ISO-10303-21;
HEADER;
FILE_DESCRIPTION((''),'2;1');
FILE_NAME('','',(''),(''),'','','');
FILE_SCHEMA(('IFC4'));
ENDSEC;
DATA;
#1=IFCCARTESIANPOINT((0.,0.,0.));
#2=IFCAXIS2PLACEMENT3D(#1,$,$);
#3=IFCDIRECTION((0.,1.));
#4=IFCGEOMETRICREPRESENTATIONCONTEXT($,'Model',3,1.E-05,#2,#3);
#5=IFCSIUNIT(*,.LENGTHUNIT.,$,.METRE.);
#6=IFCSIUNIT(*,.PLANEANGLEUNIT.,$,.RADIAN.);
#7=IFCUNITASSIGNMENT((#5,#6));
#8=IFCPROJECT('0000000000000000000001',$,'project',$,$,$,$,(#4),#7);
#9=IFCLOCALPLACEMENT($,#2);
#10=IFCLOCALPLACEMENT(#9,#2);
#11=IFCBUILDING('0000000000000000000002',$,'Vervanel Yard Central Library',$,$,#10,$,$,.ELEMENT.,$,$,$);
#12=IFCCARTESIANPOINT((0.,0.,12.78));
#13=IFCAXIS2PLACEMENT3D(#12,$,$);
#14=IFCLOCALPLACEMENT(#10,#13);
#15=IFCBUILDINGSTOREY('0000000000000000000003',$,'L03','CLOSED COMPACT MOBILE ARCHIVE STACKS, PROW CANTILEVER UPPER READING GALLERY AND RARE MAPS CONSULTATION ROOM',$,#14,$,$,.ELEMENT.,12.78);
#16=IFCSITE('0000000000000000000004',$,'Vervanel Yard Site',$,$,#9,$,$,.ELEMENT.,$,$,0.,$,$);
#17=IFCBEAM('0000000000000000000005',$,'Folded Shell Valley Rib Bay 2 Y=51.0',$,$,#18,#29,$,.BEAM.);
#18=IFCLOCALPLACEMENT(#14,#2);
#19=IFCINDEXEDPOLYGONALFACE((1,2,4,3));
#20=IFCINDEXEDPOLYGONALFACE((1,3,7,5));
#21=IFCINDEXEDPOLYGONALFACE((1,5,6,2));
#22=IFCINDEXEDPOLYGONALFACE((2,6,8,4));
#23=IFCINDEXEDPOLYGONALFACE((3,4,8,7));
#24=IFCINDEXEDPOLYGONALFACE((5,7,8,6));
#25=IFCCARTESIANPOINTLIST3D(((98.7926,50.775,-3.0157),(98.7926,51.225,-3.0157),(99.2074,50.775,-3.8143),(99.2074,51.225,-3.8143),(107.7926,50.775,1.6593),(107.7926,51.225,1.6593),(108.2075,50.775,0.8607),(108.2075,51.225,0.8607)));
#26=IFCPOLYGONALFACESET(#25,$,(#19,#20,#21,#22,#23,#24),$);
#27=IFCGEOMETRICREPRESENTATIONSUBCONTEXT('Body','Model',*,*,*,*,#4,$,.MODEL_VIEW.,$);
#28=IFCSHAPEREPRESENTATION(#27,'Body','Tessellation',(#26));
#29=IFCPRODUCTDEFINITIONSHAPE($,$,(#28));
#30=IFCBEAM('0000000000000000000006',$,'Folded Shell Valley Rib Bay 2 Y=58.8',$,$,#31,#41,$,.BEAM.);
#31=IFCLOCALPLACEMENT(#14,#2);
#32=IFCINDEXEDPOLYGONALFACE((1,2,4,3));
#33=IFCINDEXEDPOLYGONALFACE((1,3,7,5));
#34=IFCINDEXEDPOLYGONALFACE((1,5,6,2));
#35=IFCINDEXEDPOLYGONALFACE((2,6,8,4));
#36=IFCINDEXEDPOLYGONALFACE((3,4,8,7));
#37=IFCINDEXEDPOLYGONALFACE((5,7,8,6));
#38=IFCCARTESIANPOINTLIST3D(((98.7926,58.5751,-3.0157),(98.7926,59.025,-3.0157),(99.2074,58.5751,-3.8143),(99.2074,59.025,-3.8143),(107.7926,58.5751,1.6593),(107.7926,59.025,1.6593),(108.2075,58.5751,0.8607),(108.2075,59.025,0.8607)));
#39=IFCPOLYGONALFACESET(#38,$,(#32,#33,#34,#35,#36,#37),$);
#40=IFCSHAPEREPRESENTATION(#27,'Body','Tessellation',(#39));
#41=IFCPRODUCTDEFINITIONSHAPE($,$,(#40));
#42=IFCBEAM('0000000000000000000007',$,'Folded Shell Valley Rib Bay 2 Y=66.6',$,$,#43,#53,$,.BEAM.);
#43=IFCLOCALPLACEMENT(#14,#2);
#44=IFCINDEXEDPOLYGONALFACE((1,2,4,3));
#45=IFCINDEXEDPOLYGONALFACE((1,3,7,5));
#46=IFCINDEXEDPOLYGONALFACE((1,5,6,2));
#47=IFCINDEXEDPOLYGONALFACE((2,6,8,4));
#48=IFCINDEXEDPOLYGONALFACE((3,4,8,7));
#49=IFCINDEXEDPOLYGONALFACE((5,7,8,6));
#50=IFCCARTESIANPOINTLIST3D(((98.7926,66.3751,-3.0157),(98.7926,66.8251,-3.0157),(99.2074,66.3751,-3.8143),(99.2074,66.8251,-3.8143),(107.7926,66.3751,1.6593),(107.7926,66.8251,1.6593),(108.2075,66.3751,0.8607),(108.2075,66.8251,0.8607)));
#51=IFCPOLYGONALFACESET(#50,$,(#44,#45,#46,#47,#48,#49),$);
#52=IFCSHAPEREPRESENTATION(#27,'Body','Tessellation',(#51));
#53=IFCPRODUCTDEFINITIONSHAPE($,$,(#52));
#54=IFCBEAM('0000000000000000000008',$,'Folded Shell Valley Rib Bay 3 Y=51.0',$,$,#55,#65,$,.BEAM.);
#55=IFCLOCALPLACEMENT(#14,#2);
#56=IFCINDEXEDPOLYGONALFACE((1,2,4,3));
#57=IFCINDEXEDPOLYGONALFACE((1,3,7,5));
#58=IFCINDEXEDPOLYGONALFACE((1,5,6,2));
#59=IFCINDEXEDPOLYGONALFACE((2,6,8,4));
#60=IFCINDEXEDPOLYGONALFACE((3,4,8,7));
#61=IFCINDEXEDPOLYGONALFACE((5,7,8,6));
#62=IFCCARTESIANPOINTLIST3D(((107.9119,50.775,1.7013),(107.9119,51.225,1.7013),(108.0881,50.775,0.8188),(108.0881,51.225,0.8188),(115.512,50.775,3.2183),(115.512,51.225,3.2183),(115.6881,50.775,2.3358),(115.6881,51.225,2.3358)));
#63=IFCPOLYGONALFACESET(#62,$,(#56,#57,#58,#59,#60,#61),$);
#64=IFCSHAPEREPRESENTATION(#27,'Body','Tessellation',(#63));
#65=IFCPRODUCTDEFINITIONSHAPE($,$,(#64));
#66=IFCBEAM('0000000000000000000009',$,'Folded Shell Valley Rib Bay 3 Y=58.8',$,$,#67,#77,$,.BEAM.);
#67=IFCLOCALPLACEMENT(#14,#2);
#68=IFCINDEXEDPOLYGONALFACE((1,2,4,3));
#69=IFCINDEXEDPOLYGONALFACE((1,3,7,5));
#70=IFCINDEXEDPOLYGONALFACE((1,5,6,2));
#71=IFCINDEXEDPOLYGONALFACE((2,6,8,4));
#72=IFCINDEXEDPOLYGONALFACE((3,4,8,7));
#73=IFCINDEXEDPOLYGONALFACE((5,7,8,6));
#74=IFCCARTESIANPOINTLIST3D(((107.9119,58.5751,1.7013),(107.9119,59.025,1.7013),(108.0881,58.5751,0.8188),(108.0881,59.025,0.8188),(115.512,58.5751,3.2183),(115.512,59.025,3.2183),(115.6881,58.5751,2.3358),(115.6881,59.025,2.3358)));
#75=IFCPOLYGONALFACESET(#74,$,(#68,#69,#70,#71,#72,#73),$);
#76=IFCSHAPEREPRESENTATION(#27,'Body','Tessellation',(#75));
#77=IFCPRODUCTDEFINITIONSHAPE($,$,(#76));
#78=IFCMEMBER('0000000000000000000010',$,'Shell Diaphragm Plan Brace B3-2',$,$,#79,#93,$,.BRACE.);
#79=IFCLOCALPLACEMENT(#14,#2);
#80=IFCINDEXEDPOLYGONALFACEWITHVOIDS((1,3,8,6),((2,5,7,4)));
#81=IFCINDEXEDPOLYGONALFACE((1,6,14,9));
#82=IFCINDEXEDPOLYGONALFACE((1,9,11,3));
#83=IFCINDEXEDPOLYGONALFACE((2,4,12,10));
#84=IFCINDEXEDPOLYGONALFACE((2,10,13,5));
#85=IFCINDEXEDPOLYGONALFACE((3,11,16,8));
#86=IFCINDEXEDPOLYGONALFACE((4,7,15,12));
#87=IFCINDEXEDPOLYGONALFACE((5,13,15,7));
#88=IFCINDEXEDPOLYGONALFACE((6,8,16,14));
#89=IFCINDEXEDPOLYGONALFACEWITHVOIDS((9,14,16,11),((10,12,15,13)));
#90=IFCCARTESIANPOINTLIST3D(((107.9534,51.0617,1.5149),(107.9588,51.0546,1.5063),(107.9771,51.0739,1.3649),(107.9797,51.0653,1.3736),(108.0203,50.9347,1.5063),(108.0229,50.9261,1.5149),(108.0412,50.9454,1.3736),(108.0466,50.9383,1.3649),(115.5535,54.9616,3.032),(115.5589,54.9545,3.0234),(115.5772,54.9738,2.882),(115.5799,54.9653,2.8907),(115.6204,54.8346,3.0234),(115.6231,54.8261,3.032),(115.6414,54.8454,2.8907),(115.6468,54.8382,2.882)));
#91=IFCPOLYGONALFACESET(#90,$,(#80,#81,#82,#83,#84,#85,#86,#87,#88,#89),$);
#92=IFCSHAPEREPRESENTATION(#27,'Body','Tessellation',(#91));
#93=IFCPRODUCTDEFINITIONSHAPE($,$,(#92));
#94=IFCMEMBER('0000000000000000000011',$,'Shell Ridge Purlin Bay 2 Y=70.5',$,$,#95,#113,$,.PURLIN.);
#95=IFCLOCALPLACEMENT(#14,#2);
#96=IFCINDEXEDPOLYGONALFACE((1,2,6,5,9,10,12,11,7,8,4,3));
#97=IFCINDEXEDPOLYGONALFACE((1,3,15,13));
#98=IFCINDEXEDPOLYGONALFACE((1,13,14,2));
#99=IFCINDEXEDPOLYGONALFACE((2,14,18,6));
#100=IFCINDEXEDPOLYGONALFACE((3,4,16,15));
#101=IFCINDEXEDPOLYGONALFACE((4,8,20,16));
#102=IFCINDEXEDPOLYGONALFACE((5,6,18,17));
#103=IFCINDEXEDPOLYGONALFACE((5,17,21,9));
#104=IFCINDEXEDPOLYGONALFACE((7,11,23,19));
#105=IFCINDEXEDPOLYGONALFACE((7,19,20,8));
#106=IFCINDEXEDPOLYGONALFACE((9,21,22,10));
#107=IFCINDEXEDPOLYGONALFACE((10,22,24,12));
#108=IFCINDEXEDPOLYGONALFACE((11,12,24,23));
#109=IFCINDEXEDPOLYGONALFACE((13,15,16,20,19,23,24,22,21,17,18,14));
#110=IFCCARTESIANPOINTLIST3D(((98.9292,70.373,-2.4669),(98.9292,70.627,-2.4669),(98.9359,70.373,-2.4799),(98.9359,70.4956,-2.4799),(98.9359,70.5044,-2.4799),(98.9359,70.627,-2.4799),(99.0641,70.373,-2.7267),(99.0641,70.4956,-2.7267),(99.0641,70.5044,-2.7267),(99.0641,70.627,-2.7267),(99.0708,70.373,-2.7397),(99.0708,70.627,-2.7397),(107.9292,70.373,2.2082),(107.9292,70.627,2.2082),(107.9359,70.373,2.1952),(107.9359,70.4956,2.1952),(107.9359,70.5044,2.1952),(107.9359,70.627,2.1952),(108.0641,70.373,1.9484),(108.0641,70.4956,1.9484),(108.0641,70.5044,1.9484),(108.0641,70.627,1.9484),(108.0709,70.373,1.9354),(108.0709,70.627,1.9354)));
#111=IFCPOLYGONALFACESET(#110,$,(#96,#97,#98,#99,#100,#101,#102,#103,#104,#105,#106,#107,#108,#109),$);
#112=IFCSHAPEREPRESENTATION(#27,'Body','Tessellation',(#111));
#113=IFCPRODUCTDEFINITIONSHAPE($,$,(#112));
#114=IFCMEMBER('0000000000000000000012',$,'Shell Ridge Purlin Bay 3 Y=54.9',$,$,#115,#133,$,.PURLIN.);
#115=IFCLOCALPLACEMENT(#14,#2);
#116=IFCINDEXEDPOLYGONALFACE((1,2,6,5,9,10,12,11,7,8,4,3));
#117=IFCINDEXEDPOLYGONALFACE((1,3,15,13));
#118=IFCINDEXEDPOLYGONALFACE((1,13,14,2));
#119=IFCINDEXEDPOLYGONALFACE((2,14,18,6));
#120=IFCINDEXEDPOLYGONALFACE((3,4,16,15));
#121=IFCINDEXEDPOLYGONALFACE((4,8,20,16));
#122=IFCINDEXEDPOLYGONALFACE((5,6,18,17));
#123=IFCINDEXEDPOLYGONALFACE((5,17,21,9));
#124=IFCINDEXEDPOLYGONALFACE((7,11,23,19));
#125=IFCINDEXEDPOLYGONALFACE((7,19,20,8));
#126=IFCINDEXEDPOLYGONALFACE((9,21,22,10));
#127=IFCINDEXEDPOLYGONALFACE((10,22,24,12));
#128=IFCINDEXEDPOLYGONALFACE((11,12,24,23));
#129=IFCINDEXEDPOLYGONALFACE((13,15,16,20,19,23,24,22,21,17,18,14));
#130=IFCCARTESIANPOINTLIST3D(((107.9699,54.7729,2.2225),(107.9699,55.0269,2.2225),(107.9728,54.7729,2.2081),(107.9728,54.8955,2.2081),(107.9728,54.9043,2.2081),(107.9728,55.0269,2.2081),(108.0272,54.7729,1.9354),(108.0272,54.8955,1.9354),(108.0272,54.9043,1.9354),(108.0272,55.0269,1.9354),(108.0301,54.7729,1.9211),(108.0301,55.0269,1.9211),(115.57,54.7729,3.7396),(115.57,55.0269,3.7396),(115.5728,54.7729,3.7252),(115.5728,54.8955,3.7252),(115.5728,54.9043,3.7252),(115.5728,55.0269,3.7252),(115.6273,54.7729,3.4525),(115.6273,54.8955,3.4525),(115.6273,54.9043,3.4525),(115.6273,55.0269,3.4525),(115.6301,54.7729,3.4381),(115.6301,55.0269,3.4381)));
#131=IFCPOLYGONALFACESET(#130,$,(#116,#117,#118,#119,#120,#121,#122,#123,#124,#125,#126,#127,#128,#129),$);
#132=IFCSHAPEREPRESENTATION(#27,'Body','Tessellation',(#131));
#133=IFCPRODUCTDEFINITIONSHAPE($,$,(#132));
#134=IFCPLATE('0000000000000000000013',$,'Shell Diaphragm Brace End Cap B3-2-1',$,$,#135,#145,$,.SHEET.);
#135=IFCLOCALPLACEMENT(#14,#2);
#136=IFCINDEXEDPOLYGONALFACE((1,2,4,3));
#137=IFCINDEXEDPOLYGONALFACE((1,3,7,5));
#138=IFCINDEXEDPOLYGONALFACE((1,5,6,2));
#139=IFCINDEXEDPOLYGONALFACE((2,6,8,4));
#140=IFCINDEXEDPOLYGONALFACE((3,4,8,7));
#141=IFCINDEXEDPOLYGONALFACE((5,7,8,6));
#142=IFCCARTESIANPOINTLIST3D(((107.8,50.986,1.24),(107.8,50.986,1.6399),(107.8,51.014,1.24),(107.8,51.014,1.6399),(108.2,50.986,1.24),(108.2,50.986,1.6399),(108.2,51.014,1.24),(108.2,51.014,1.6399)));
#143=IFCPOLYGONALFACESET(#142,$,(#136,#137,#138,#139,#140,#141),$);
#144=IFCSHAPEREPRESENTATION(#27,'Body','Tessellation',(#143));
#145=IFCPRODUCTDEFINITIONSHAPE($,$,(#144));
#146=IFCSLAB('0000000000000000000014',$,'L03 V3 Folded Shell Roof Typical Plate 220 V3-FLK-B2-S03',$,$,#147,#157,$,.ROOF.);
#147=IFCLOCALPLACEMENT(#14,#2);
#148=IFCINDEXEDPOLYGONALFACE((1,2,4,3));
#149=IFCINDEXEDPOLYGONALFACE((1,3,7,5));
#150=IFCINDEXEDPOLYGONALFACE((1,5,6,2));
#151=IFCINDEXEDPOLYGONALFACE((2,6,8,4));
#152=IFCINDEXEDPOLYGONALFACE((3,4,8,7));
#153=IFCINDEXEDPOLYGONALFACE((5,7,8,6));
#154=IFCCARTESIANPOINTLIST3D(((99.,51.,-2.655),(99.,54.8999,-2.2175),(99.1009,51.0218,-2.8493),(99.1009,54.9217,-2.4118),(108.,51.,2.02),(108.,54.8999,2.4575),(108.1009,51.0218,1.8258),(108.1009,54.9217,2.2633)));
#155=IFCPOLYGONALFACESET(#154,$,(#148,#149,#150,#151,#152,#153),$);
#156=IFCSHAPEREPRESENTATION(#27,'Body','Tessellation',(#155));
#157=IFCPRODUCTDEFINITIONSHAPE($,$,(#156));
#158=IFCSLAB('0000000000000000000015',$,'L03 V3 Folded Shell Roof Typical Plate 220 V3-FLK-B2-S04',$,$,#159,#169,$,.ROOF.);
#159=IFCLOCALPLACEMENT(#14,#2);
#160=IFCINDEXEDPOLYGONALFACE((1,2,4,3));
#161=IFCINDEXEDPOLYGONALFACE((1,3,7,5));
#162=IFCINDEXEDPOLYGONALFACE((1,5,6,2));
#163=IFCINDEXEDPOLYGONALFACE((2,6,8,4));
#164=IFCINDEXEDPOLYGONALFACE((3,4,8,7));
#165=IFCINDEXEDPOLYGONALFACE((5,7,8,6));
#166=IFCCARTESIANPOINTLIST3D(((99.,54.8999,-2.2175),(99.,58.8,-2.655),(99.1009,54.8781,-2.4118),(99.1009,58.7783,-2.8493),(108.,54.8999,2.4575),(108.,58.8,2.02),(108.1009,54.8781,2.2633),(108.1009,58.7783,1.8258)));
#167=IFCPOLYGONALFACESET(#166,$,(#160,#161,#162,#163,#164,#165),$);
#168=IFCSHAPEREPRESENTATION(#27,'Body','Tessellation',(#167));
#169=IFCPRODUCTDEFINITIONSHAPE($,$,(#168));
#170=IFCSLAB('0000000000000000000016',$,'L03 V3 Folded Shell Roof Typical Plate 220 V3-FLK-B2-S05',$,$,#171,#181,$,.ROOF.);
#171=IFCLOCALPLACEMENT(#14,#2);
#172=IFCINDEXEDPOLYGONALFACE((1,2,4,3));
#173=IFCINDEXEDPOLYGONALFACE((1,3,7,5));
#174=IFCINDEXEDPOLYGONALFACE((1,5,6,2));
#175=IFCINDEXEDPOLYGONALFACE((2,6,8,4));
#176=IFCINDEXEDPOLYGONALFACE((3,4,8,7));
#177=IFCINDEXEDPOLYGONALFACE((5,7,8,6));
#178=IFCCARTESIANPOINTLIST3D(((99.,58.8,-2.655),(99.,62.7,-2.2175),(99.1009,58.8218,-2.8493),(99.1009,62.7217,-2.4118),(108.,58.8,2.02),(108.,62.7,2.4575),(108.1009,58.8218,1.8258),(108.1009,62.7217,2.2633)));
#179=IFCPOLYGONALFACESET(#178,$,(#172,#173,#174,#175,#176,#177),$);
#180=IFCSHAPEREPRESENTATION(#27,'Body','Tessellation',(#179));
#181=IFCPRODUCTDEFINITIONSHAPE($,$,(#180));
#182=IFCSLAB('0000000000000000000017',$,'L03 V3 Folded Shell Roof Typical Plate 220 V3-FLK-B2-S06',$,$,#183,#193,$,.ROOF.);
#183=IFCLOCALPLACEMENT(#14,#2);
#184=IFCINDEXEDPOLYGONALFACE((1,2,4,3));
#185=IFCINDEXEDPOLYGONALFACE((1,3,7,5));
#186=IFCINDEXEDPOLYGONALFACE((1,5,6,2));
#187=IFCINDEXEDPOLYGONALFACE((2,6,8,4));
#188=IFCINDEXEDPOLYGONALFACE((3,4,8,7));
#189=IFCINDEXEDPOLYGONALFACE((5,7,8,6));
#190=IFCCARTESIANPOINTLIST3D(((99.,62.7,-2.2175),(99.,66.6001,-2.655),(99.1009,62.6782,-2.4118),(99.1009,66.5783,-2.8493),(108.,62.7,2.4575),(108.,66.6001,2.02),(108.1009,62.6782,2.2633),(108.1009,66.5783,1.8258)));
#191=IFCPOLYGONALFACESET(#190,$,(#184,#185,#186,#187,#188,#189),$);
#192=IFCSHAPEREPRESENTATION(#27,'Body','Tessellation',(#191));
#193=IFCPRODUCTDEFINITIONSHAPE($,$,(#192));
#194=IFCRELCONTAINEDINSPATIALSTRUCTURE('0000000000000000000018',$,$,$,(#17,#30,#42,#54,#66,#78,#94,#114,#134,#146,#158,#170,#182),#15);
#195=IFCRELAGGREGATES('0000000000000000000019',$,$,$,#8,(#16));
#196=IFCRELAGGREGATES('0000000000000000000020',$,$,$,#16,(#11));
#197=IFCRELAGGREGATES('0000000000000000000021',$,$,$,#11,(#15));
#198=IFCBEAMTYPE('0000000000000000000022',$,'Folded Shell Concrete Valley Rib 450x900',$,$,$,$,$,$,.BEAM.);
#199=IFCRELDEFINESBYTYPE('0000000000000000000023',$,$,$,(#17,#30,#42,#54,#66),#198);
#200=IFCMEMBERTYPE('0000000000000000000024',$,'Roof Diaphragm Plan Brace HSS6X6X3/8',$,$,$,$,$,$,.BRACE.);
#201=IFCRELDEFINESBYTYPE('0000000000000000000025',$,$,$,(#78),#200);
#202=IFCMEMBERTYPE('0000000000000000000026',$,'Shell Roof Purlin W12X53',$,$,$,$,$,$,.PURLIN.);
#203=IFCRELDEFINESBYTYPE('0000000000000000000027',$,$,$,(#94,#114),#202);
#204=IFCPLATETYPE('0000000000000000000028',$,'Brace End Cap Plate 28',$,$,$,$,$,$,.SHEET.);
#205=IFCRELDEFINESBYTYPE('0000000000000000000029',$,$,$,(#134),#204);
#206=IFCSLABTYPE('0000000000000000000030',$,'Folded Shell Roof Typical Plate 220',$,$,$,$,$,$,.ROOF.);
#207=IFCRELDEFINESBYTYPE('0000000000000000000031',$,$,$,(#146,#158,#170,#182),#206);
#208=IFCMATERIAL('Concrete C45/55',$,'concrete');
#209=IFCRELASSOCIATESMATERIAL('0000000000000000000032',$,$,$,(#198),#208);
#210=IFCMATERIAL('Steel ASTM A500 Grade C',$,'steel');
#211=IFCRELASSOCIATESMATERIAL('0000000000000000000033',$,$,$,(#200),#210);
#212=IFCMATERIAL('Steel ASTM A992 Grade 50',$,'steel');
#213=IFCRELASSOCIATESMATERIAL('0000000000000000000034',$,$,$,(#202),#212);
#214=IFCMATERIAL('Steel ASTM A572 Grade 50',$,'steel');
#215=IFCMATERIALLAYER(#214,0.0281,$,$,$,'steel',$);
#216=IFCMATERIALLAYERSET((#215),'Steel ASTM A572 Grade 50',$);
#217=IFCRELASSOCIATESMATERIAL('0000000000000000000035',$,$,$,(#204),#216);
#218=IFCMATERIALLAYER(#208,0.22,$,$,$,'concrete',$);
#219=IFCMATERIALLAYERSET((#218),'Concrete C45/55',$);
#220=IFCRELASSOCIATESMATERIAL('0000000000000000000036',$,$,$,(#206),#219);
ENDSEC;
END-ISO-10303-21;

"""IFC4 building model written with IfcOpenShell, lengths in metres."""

from ifc_helpers import new_model, si_unit, direction, frame, origin, origin_2d, place, context, subcontext, project, spatial, polyline, rectangle, hollow_rectangle, i_section, outline, extrude, material, layer, layer_set, material_profile, profile_set, type_object, element, save


model = new_model("IFC4")

# Units and contexts
model_context = context("Model", 3, precision=1e-05, world=origin(), true_north=direction((0.0, 1.0)))
body_context = subcontext(model_context, "Body", "Model", "MODEL_VIEW")
ifc_project = project(units=[si_unit("LENGTHUNIT", "METRE"), si_unit("PLANEANGLEUNIT", "RADIAN")], contexts=[model_context])

# Site, building, storey
site_placement = place(None, origin())
site = spatial("IfcSite", under=ifc_project, at=site_placement, Name="Vervanel Yard Site", CompositionType="ELEMENT", RefElevation=0.0)
building_placement = place(site_placement, origin())
building = spatial("IfcBuilding", under=site, at=building_placement, Name="Vervanel Yard Central Library", CompositionType="ELEMENT")
storey_placement = place(building_placement, frame((0.0, 0.0, 12.78)))
storey = spatial("IfcBuildingStorey", under=building, at=storey_placement, Name="L03", Description="CLOSED COMPACT MOBILE ARCHIVE STACKS, PROW CANTILEVER UPPER READING GALLERY AND RARE MAPS CONSULTATION ROOM", CompositionType="ELEMENT", Elevation=12.78)

# Beams
ifc_material_1 = material(Name="Concrete C45/55", Category="concrete")
ifc_material_profile_1 = material_profile(ifc_material_1, rectangle(XDim=0.45, YDim=0.8999, at=origin_2d()), Name="RC 450x900", Category="concrete")
ifc_profile_set_1 = profile_set([ifc_material_profile_1], Name="Concrete C45/55")
beam_type = type_object("IfcBeamType", Name="Folded Shell Concrete Valley Rib 450x900", PredefinedType="BEAM", material=ifc_profile_set_1)
for number, where, z_axis, x_axis, name in (
    (1, (99.0, 51.0, -3.415), (0.887417, 0.0, 0.460968), (0.0, 1.0, 0.0), "Folded Shell Valley Rib Bay 2 Y=51.0"),
    (2, (99.0, 58.8, -3.415), (0.887417, 0.0, 0.460968), (0.0, 1.0, 0.0), "Folded Shell Valley Rib Bay 2 Y=58.8"),
    (3, (99.0, 66.6001, -3.415), (0.887417, 0.0, 0.460968), (0.0, 1.0, 0.0), "Folded Shell Valley Rib Bay 2 Y=66.6"),
):
    element("IfcBeam", number, at=place(storey_placement, frame(where, z_axis=z_axis, x_axis=x_axis)), inside=storey, type_object=beam_type, Name=name, PredefinedType="BEAM", context=body_context, shape_type="SweptSolid", body=[
        extrude(rectangle(XDim=0.45, YDim=0.8999, at=origin_2d()), origin(), (0.0, 0.0, 1.0), 10.1418),
    ])
for number, where, z_axis, x_axis, name in (
    (4, (108.0, 51.0, 1.26), (0.980653, 0.0, 0.195753), (0.0, 1.0, 0.0), "Folded Shell Valley Rib Bay 3 Y=51.0"),
    (5, (108.0, 58.8, 1.26), (0.980653, 0.0, 0.195753), (0.0, 1.0, 0.0), "Folded Shell Valley Rib Bay 3 Y=58.8"),
):
    element("IfcBeam", number, at=place(storey_placement, frame(where, z_axis=z_axis, x_axis=x_axis)), inside=storey, type_object=beam_type, Name=name, PredefinedType="BEAM", context=body_context, shape_type="SweptSolid", body=[
        extrude(rectangle(XDim=0.45, YDim=0.8999, at=origin_2d()), origin(), (0.0, 0.0, 1.0), 7.75),
    ])

# Members
ifc_material_2 = material(Name="Steel ASTM A500 Grade C", Category="steel")
ifc_material_profile_2 = material_profile(ifc_material_2, hollow_rectangle(XDim=0.1523, YDim=0.1523, WallThickness=0.0088, at=origin_2d()), Name="HSS6X6X3/8", Category="steel")
ifc_profile_set_2 = profile_set([ifc_material_profile_2], Name="Steel ASTM A500 Grade C")
member_type_1 = type_object("IfcMemberType", Name="Roof Diaphragm Plan Brace HSS6X6X3/8", PredefinedType="BRACE", material=ifc_profile_set_2)
member_1_placement = place(storey_placement, frame((108.0, 51.0, 1.4399), z_axis=(0.875995, 0.449507, 0.174861), x_axis=(-0.456541, 0.889703, 0.0)))
element("IfcMember", 6, at=member_1_placement, inside=storey, type_object=member_type_1, Name="Shell Diaphragm Plan Brace B3-2", PredefinedType="BRACE", context=body_context, shape_type="SweptSolid", body=[
    extrude(hollow_rectangle(XDim=0.1523, YDim=0.1523, WallThickness=0.0088, at=origin_2d()), origin(), (0.0, 0.0, 1.0), 8.676),
])
ifc_material_3 = material(Name="Steel ASTM A992 Grade 50", Category="steel")
ifc_material_profile_3 = material_profile(ifc_material_3, i_section(OverallWidth=0.2539, OverallDepth=0.3074, WebThickness=0.0088, FlangeThickness=0.0146, at=origin_2d()), Name="W12X53", Category="steel")
ifc_profile_set_3 = profile_set([ifc_material_profile_3], Name="Steel ASTM A992 Grade 50")
member_type_2 = type_object("IfcMemberType", Name="Shell Roof Purlin W12X53", PredefinedType="PURLIN", material=ifc_profile_set_3)
member_2_placement = place(storey_placement, frame((99.0, 70.5, -2.6033), z_axis=(0.887417, 0.0, 0.460968), x_axis=(0.0, 1.0, 0.0)))
element("IfcMember", 7, at=member_2_placement, inside=storey, type_object=member_type_2, Name="Shell Ridge Purlin Bay 2 Y=70.5", PredefinedType="PURLIN", context=body_context, shape_type="SweptSolid", body=[
    extrude(i_section(OverallWidth=0.2539, OverallDepth=0.3074, WebThickness=0.0088, FlangeThickness=0.0146, at=origin_2d()), origin(), (0.0, 0.0, 1.0), 10.1418),
])
member_3_placement = place(storey_placement, frame((108.0, 54.8999, 2.0718), z_axis=(0.980653, 0.0, 0.195753), x_axis=(0.0, 1.0, 0.0)))
element("IfcMember", 8, at=member_3_placement, inside=storey, type_object=member_type_2, Name="Shell Ridge Purlin Bay 3 Y=54.9", PredefinedType="PURLIN", context=body_context, shape_type="SweptSolid", body=[
    extrude(i_section(OverallWidth=0.2539, OverallDepth=0.3074, WebThickness=0.0088, FlangeThickness=0.0146, at=origin_2d()), origin(), (0.0, 0.0, 1.0), 7.75),
])

# Plate
ifc_material_4 = material(Name="Steel ASTM A572 Grade 50", Category="steel")
ifc_layer_1 = layer(ifc_material_4, 0.0281, Category="steel")
ifc_layer_set_1 = layer_set([ifc_layer_1], Name="Steel ASTM A572 Grade 50")
plate_type = type_object("IfcPlateType", Name="Brace End Cap Plate 28", PredefinedType="SHEET", material=ifc_layer_set_1)
plate_placement = place(storey_placement, frame((108.0, 51.0, 1.24), z_axis=(0.0, 0.0, 1.0), x_axis=(1.0, 0.0, 0.0)))
element("IfcPlate", 9, at=plate_placement, inside=storey, type_object=plate_type, Name="Shell Diaphragm Brace End Cap B3-2-1", PredefinedType="SHEET", context=body_context, shape_type="SweptSolid", body=[
    extrude(rectangle(XDim=0.3999, YDim=0.0281, at=origin_2d()), origin(), (0.0, 0.0, 1.0), 0.3999),
])

# Slabs
ifc_layer_2 = layer(ifc_material_1, 0.22, Category="concrete")
ifc_layer_set_2 = layer_set([ifc_layer_2], Name="Concrete C45/55")
slab_type = type_object("IfcSlabType", Name="Folded Shell Roof Typical Plate 220", PredefinedType="ROOF", material=ifc_layer_set_2)
slab_1_placement = place(storey_placement, frame((99.0, 51.0, -2.655), z_axis=(-0.458701, -0.099063, 0.883052), x_axis=(0.887417, 0.0, 0.460968)))
element("IfcSlab", 10, at=slab_1_placement, inside=storey, type_object=slab_type, Name="L03 V3 Folded Shell Roof Typical Plate 220 V3-FLK-B2-S03", PredefinedType="ROOF", context=body_context, shape_type="SweptSolid", body=[
    extrude(outline(polyline([(0.0, 0.0), (10.1418, 0.0), (10.3435, 3.9192), (0.2017, 3.9192), (0.0, 0.0)])), origin(), (0.0, 0.0, -1.0), 0.22),
])
slab_2_placement = place(storey_placement, frame((99.0, 54.8999, -2.2175), z_axis=(-0.458701, 0.099057, 0.883052), x_axis=(0.887417, 0.0, 0.460968)))
element("IfcSlab", 11, at=slab_2_placement, inside=storey, type_object=slab_type, Name="L03 V3 Folded Shell Roof Typical Plate 220 V3-FLK-B2-S04", PredefinedType="ROOF", context=body_context, shape_type="SweptSolid", body=[
    extrude(outline(polyline([(0.0, 0.0), (10.1418, 0.0), (9.9401, 3.9194), (-0.2017, 3.9194), (0.0, 0.0)])), origin(), (0.0, 0.0, -1.0), 0.22),
])
slab_3_placement = place(storey_placement, frame((99.0, 58.8, -2.655), z_axis=(-0.458701, -0.099063, 0.883052), x_axis=(0.887417, 0.0, 0.460968)))
element("IfcSlab", 12, at=slab_3_placement, inside=storey, type_object=slab_type, Name="L03 V3 Folded Shell Roof Typical Plate 220 V3-FLK-B2-S05", PredefinedType="ROOF", context=body_context, shape_type="SweptSolid", body=[
    extrude(outline(polyline([(0.0, 0.0), (10.1418, 0.0), (10.3435, 3.9192), (0.2017, 3.9192), (0.0, 0.0)])), origin(), (0.0, 0.0, -1.0), 0.22),
])
slab_4_placement = place(storey_placement, frame((99.0, 62.7, -2.2175), z_axis=(-0.458701, 0.099057, 0.883052), x_axis=(0.887417, 0.0, 0.460968)))
element("IfcSlab", 13, at=slab_4_placement, inside=storey, type_object=slab_type, Name="L03 V3 Folded Shell Roof Typical Plate 220 V3-FLK-B2-S06", PredefinedType="ROOF", context=body_context, shape_type="SweptSolid", body=[
    extrude(outline(polyline([(0.0, 0.0), (10.1418, 0.0), (9.9401, 3.9194), (-0.2017, 3.9194), (0.0, 0.0)])), origin(), (0.0, 0.0, -1.0), 0.22),
])

save(model, "model.ifc")
